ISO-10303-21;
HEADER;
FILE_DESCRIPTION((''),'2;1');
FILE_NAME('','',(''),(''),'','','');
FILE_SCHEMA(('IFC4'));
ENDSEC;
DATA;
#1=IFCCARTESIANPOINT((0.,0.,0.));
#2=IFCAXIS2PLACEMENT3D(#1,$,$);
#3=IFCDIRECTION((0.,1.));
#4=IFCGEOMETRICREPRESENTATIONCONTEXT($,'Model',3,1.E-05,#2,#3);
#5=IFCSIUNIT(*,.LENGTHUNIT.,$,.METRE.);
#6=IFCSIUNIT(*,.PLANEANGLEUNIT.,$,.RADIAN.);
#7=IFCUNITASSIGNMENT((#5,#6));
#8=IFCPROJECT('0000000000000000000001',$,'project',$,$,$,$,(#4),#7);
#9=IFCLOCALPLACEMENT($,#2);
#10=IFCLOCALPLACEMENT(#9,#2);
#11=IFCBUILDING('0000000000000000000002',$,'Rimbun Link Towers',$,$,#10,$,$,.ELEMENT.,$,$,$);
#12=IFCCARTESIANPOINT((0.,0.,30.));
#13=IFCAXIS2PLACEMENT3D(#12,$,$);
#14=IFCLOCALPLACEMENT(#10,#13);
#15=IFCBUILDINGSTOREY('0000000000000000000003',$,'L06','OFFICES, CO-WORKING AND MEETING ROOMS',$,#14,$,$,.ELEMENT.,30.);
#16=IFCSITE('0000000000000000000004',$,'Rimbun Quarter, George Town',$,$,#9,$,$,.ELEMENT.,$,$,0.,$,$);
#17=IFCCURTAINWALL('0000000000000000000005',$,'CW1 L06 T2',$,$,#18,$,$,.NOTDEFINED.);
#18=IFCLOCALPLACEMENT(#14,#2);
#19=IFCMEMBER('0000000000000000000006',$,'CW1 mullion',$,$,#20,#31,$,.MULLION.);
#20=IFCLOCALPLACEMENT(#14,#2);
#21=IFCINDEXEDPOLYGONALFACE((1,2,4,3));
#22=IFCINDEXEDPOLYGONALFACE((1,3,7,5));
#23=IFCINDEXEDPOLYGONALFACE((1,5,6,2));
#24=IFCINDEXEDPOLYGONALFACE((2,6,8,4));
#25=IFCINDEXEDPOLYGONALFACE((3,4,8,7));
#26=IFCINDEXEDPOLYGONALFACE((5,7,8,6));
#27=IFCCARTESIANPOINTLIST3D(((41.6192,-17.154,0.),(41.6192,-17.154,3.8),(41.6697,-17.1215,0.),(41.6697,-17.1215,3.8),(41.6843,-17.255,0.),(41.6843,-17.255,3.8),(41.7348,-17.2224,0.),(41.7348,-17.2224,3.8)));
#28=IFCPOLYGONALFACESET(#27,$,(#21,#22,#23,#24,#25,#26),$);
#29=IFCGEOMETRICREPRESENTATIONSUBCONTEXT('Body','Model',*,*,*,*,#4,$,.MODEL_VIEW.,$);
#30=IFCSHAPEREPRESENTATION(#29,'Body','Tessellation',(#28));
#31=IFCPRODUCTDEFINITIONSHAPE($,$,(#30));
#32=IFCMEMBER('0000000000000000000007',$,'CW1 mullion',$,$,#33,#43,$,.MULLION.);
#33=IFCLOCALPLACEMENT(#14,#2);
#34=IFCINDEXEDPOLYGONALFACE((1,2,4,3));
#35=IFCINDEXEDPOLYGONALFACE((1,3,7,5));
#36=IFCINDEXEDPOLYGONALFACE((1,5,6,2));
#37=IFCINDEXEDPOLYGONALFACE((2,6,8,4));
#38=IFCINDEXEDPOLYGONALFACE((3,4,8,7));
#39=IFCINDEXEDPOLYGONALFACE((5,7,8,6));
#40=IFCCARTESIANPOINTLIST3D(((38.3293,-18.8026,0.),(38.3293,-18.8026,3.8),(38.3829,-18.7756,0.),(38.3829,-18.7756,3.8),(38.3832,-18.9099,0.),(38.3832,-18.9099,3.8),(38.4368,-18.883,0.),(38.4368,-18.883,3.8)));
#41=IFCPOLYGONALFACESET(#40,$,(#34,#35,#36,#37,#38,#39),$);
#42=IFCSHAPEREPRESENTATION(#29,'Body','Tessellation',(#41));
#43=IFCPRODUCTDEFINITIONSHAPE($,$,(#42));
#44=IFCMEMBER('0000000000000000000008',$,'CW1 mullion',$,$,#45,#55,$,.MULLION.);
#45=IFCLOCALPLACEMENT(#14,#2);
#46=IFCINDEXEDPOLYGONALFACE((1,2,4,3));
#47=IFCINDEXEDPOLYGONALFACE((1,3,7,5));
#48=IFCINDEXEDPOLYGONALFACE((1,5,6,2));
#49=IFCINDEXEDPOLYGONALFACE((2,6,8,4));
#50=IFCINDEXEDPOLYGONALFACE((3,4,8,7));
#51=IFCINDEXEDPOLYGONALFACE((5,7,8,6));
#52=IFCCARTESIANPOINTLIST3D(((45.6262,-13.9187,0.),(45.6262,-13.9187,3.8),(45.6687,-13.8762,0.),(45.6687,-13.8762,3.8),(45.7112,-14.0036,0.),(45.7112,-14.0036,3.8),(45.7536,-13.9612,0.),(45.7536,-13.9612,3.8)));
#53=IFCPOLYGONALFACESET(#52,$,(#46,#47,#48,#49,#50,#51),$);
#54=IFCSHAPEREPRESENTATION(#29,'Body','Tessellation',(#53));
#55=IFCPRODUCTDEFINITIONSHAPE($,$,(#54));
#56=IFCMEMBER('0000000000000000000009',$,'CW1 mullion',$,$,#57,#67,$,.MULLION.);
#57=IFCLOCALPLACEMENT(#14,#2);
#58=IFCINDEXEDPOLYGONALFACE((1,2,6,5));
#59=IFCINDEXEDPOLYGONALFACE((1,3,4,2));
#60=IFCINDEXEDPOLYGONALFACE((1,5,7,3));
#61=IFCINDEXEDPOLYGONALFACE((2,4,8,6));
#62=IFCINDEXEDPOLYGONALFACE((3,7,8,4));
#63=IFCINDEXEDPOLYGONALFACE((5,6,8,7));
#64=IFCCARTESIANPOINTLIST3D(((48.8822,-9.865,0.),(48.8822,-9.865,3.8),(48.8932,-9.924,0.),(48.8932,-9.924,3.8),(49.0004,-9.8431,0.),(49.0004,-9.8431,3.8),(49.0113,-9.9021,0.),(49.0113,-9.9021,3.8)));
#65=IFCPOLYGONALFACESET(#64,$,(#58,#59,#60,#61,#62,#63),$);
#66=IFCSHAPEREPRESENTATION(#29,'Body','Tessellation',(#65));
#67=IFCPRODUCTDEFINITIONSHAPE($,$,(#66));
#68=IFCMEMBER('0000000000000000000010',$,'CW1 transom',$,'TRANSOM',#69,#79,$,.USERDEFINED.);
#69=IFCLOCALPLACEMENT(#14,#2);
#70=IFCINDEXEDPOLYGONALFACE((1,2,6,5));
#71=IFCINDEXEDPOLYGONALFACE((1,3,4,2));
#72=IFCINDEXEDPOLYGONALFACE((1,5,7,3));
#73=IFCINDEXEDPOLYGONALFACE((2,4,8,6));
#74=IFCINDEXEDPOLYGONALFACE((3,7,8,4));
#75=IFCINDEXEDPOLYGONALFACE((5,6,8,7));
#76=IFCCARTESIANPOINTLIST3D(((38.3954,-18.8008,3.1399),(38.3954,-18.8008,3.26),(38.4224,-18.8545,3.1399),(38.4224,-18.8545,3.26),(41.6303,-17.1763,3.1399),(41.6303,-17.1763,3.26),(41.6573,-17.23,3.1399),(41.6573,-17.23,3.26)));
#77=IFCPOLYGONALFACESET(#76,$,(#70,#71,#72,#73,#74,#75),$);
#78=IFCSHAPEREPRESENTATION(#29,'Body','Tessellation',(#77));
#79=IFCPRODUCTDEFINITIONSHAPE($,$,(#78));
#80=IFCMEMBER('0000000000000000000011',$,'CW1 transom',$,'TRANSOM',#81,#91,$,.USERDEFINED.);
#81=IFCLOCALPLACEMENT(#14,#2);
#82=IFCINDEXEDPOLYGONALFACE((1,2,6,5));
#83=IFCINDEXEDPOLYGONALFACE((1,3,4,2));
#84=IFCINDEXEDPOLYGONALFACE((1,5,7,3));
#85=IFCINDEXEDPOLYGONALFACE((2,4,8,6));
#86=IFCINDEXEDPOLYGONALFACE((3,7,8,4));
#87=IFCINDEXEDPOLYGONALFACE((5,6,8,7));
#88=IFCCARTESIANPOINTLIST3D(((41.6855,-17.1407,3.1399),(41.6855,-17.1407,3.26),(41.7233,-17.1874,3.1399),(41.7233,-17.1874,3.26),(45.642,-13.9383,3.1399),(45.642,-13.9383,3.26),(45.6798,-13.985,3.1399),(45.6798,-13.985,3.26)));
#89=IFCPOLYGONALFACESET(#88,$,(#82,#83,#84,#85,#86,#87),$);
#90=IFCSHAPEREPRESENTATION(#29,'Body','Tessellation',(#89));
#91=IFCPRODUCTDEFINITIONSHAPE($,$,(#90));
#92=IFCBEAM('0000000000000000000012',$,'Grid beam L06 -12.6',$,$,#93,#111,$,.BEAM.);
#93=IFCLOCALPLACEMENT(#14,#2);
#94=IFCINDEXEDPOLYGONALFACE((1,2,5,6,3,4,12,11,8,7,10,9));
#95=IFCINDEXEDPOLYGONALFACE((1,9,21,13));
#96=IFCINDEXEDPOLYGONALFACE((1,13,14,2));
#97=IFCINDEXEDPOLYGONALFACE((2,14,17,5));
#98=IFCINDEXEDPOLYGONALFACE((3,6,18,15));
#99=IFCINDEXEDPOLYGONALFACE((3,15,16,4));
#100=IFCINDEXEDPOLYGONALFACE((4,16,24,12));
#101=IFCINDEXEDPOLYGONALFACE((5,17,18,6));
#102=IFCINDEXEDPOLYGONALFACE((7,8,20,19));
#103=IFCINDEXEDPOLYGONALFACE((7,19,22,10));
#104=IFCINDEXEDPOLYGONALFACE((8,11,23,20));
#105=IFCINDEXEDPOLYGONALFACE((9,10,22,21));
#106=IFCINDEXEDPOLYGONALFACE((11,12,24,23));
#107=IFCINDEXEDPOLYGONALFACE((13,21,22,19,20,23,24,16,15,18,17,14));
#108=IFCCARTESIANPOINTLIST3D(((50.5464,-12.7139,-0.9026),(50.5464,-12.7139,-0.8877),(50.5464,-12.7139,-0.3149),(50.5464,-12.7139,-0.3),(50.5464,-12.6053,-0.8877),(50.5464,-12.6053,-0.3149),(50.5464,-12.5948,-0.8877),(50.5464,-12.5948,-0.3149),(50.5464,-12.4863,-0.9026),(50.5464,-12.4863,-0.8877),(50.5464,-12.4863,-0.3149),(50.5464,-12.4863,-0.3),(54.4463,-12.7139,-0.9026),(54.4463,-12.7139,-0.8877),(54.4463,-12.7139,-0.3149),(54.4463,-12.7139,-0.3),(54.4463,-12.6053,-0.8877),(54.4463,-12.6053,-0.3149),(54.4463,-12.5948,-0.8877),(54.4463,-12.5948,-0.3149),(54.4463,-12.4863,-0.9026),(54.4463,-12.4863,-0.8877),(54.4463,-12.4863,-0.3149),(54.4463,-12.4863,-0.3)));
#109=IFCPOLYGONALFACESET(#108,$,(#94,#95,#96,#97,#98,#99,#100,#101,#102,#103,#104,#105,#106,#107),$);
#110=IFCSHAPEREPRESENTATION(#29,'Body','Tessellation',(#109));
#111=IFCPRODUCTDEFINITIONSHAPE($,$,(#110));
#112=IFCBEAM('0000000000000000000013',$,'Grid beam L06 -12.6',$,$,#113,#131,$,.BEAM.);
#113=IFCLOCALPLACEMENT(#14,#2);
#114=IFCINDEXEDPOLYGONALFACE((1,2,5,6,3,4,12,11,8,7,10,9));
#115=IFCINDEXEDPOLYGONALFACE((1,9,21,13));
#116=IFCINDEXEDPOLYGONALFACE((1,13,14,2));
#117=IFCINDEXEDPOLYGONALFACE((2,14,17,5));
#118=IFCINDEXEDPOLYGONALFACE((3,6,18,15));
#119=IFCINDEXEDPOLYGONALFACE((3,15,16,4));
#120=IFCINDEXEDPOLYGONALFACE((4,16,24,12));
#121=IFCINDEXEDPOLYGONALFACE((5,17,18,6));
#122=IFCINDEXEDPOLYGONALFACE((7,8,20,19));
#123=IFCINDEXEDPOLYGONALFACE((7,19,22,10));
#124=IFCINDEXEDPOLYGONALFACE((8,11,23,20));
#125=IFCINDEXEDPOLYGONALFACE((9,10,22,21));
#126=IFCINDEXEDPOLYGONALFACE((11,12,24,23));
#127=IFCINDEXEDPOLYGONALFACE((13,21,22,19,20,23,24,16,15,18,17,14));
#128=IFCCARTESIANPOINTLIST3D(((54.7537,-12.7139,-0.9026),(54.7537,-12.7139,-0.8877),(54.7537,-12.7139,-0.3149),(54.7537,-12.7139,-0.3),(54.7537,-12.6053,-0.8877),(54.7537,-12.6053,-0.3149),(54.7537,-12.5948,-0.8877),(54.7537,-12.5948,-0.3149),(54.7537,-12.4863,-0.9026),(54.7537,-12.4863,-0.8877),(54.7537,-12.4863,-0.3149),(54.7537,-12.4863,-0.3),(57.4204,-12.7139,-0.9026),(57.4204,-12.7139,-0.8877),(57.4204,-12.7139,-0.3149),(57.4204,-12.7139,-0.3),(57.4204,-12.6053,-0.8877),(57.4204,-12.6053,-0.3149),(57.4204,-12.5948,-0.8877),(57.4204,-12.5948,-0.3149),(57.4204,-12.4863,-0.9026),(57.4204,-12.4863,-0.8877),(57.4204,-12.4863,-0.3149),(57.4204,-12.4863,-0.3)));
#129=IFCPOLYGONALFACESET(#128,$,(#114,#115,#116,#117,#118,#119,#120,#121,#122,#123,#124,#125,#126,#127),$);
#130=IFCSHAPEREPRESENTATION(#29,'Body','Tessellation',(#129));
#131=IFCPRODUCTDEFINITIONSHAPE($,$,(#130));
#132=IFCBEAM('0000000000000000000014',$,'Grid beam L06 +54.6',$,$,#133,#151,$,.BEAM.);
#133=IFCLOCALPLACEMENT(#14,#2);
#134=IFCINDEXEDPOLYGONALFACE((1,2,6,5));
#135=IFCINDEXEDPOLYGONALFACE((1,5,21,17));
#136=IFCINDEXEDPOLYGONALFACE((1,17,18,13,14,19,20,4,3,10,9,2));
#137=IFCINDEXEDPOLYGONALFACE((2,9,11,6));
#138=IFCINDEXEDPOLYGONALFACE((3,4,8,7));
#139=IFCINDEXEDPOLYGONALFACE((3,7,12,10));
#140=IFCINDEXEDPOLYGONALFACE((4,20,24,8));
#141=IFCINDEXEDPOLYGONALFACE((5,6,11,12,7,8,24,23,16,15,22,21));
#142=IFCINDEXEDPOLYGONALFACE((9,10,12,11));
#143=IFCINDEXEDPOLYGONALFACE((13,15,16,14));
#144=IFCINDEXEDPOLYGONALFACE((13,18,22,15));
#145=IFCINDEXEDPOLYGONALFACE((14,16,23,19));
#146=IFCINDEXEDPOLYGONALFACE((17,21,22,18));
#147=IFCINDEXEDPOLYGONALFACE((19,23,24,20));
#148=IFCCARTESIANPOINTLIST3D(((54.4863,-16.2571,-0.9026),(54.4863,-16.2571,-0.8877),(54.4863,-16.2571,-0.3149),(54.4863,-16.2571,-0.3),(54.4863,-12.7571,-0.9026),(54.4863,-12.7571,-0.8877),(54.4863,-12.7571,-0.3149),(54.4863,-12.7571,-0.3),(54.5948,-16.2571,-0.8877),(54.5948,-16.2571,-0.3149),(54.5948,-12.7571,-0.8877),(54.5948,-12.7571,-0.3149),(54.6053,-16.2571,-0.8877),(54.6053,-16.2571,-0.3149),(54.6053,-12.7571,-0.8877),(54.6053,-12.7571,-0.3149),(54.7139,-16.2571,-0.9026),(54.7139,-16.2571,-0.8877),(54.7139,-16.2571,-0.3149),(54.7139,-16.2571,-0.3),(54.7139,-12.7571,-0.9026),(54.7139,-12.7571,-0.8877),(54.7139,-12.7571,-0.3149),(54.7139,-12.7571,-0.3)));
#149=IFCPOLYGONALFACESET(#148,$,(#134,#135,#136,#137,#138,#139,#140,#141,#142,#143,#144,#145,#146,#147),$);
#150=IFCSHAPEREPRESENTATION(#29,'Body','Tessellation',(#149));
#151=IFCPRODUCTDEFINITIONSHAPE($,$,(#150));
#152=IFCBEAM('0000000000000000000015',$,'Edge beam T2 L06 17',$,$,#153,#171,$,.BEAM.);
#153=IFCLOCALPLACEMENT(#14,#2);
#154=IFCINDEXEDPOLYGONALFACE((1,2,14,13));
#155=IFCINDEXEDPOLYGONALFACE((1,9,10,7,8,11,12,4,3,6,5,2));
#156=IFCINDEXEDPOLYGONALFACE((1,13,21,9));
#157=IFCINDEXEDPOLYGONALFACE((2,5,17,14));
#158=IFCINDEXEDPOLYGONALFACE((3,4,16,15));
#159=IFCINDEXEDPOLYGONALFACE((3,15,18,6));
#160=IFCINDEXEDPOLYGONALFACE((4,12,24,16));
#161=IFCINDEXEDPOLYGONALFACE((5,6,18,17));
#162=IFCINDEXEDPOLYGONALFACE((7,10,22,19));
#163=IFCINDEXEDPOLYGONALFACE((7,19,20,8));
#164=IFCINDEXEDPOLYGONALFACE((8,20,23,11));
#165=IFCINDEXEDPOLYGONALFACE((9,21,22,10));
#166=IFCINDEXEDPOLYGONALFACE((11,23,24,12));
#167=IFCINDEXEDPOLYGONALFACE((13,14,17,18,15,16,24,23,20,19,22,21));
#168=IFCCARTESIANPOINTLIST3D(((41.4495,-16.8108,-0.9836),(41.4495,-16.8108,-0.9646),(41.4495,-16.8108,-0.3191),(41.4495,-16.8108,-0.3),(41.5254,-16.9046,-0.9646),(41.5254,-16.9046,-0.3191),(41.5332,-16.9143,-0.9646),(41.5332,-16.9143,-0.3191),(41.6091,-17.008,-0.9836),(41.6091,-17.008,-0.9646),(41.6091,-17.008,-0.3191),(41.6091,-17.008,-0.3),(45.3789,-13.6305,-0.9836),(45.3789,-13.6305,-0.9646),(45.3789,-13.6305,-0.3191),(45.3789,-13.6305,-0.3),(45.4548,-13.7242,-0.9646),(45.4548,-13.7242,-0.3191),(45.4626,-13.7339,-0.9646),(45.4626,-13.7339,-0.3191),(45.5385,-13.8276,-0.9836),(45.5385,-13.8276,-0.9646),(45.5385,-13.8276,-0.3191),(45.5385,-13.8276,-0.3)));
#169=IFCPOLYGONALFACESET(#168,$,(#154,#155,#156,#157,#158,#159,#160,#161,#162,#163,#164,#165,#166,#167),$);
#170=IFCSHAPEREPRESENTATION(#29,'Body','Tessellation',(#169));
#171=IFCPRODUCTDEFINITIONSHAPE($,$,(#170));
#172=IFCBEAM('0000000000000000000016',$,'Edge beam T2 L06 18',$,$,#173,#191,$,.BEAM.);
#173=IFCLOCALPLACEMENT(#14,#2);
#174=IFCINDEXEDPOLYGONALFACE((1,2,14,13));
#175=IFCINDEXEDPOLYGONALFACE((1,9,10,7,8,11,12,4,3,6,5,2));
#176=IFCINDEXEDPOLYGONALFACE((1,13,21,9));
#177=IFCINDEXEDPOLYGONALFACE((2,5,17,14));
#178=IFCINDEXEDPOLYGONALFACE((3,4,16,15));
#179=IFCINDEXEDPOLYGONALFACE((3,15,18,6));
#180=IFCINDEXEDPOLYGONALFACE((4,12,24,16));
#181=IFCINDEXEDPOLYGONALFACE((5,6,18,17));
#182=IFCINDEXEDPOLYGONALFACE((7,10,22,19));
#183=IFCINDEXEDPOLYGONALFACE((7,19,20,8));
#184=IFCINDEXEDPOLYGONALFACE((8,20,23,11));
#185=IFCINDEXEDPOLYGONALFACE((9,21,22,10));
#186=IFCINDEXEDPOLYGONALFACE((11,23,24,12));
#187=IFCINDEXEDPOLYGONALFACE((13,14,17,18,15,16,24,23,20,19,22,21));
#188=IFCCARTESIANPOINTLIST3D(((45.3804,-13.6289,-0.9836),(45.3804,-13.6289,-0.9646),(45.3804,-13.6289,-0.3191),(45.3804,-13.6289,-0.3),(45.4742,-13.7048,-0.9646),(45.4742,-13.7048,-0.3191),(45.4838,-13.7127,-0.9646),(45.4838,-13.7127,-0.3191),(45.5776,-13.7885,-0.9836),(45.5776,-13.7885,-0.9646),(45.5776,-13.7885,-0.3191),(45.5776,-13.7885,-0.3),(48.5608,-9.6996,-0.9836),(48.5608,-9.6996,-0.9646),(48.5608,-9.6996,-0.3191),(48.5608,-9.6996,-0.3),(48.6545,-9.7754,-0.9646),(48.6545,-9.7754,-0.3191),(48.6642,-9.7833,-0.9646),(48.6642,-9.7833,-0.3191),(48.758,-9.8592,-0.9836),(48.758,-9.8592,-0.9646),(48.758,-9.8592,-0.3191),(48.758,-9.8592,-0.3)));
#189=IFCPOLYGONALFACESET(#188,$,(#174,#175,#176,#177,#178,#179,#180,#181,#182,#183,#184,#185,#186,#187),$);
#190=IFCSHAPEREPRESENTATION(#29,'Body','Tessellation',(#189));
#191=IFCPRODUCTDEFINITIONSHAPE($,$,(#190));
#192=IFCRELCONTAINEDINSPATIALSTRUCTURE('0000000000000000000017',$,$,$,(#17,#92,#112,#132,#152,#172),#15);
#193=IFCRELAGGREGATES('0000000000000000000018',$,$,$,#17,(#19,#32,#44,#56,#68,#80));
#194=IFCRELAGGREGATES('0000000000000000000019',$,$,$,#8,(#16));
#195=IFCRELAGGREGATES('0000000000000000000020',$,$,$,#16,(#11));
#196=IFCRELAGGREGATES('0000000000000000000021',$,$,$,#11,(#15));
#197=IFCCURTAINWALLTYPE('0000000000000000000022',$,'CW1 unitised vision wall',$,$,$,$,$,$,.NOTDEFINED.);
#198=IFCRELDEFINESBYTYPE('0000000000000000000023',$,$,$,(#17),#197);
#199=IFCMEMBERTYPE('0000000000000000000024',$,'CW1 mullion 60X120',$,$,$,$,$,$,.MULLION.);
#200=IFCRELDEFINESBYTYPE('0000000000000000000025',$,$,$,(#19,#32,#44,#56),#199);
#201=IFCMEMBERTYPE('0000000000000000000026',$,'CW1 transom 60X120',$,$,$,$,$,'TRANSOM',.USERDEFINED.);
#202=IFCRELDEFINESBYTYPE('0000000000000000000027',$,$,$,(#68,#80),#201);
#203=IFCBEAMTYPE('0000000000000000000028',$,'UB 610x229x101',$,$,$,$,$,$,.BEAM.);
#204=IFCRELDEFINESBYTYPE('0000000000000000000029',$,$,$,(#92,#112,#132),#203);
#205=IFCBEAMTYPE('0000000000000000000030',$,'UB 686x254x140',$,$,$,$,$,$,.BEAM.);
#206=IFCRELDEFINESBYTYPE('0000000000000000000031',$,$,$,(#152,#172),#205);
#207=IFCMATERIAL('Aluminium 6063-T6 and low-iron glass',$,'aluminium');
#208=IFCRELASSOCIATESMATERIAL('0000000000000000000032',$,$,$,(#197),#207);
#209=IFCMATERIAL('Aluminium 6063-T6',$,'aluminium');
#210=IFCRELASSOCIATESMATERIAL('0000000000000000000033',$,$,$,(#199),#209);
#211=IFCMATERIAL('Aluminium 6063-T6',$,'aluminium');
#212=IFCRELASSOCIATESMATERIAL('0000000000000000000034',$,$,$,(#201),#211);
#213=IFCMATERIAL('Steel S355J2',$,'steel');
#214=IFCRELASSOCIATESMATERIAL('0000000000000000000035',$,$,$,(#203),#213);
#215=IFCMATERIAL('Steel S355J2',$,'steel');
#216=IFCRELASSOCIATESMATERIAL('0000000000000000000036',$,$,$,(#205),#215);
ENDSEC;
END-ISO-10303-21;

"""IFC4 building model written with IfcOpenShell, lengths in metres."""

from ifc_helpers import new_model, si_unit, direction, frame, origin, origin_2d, place, context, subcontext, project, spatial, rectangle, i_section, extrude, material, material_profile, profile_set, type_object, element, aggregate, save


model = new_model("IFC4")

# Units and contexts
model_context = context("Model", 3, precision=1e-05, world=origin(), true_north=direction((0.0, 1.0)))
body_context = subcontext(model_context, "Body", "Model", "MODEL_VIEW")
ifc_project = project(units=[si_unit("LENGTHUNIT", "METRE"), si_unit("PLANEANGLEUNIT", "RADIAN")], contexts=[model_context])

# Site, building, storey
site_placement = place(None, origin())
site = spatial("IfcSite", under=ifc_project, at=site_placement, Name="Rimbun Quarter, George Town", CompositionType="ELEMENT", RefElevation=0.0)
building_placement = place(site_placement, origin())
building = spatial("IfcBuilding", under=site, at=building_placement, Name="Rimbun Link Towers", CompositionType="ELEMENT")
storey_placement = place(building_placement, frame((0.0, 0.0, 30.0)))
storey = spatial("IfcBuildingStorey", under=building, at=storey_placement, Name="L06", Description="OFFICES, CO-WORKING AND MEETING ROOMS", CompositionType="ELEMENT", Elevation=30.0)

# Curtain wall, members
ifc_material_1 = material(Name="Aluminium 6063-T6 and low-iron glass", Category="aluminium")
curtain_wall_type = type_object("IfcCurtainWallType", Name="CW1 unitised vision wall", PredefinedType="NOTDEFINED", material=ifc_material_1)
curtain_wall_placement = place(storey_placement, origin())
curtain_wall = element("IfcCurtainWall", 1, at=curtain_wall_placement, inside=storey, type_object=curtain_wall_type, Name="CW1 L06 T2", PredefinedType="NOTDEFINED")
ifc_material_2 = material(Name="Aluminium 6063-T6", Category="aluminium")
ifc_material_profile_1 = material_profile(ifc_material_2, rectangle(XDim=0.1201, YDim=0.0601, at=origin_2d()), Name="MULLION 60X120")
ifc_profile_set_1 = profile_set([ifc_material_profile_1], Name="Aluminium 6063-T6")
member_type_1 = type_object("IfcMemberType", Name="CW1 mullion 60X120", PredefinedType="MULLION", material=ifc_profile_set_1)
member_1_placement = place(storey_placement, frame((41.677, -17.1882, 0.0), z_axis=(0.0, 0.0, 1.0), x_axis=(0.542093, -0.840318, 0.0)))
member_1 = element("IfcMember", 2, at=member_1_placement, type_object=member_type_1, Name="CW1 mullion", PredefinedType="MULLION", context=body_context, shape_type="SweptSolid", body=[
    extrude(rectangle(XDim=0.1201, YDim=0.0601, at=origin_2d()), origin(), (0.0, 0.0, 1.0), 3.8),
])
member_2_placement = place(storey_placement, frame((38.3831, -18.8428, 0.0), z_axis=(0.0, 0.0, 1.0), x_axis=(0.448773, -0.893646, 0.0)))
member_2 = element("IfcMember", 3, at=member_2_placement, type_object=member_type_1, Name="CW1 mullion", PredefinedType="MULLION", context=body_context, shape_type="SweptSolid", body=[
    extrude(rectangle(XDim=0.1201, YDim=0.0601, at=origin_2d()), origin(), (0.0, 0.0, 1.0), 3.8),
])
member_3_placement = place(storey_placement, frame((45.6899, -13.9399, 0.0), z_axis=(0.0, 0.0, 1.0), x_axis=(0.707107, -0.707107, 0.0)))
member_3 = element("IfcMember", 4, at=member_3_placement, type_object=member_type_1, Name="CW1 mullion", PredefinedType="MULLION", context=body_context, shape_type="SweptSolid", body=[
    extrude(rectangle(XDim=0.1201, YDim=0.0601, at=origin_2d()), origin(), (0.0, 0.0, 1.0), 3.8),
])
member_4_placement = place(storey_placement, frame((48.9468, -9.8835, 0.0), z_axis=(0.0, 0.0, 1.0), x_axis=(0.983235, 0.182345, 0.0)))
member_4 = element("IfcMember", 5, at=member_4_placement, type_object=member_type_1, Name="CW1 mullion", PredefinedType="MULLION", context=body_context, shape_type="SweptSolid", body=[
    extrude(rectangle(XDim=0.1201, YDim=0.0601, at=origin_2d()), origin(), (0.0, 0.0, 1.0), 3.8),
])
ifc_material_3 = material(Name="Aluminium 6063-T6", Category="aluminium")
ifc_material_profile_2 = material_profile(ifc_material_3, rectangle(XDim=0.0601, YDim=0.1201, at=origin_2d()), Name="TRANSOM 60X120")
ifc_profile_set_2 = profile_set([ifc_material_profile_2], Name="Aluminium 6063-T6")
member_type_2 = type_object("IfcMemberType", Name="CW1 transom 60X120", ElementType="TRANSOM", PredefinedType="USERDEFINED", material=ifc_profile_set_2)
member_5_placement = place(storey_placement, frame((41.6438, -17.2031, 3.2), z_axis=(-0.893643, -0.448778, 0.0), x_axis=(0.448778, -0.893643, 0.0)))
member_5 = element("IfcMember", 6, at=member_5_placement, type_object=member_type_2, Name="CW1 transom", ObjectType="TRANSOM", PredefinedType="USERDEFINED", context=body_context, shape_type="SweptSolid", body=[
    extrude(rectangle(XDim=0.0601, YDim=0.1201, at=origin_2d()), origin(), (0.0, 0.0, 1.0), 3.6199),
])
member_6_placement = place(storey_placement, frame((45.6609, -13.9617, 3.2), z_axis=(-0.777295, -0.629136, 0.0), x_axis=(0.629136, -0.777295, 0.0)))
member_6 = element("IfcMember", 7, at=member_6_placement, type_object=member_type_2, Name="CW1 transom", ObjectType="TRANSOM", PredefinedType="USERDEFINED", context=body_context, shape_type="SweptSolid", body=[
    extrude(rectangle(XDim=0.0601, YDim=0.1201, at=origin_2d()), origin(), (0.0, 0.0, 1.0), 5.0901),
])

# Beams
ifc_material_4 = material(Name="Steel S355J2", Category="steel")
ifc_material_profile_3 = material_profile(ifc_material_4, i_section(OverallWidth=0.2275, OverallDepth=0.6025, WebThickness=0.0105, FlangeThickness=0.0149, at=origin_2d()), Name="UB 610x229x101")
ifc_profile_set_3 = profile_set([ifc_material_profile_3], Name="Steel S355J2")
beam_type_1 = type_object("IfcBeamType", Name="UB 610x229x101", PredefinedType="BEAM", material=ifc_profile_set_3)
beam_1_placement = place(storey_placement, frame((50.5464, -12.6001, -0.6013), z_axis=(1.0, 0.0, 0.0), x_axis=(0.0, 1.0, 0.0)))
element("IfcBeam", 8, at=beam_1_placement, inside=storey, type_object=beam_type_1, Name="Grid beam L06 -12.6", PredefinedType="BEAM", context=body_context, shape_type="SweptSolid", body=[
    extrude(i_section(OverallWidth=0.2275, OverallDepth=0.6025, WebThickness=0.0105, FlangeThickness=0.0149, at=origin_2d()), origin(), (0.0, 0.0, 1.0), 3.8999),
])
beam_2_placement = place(storey_placement, frame((54.7537, -12.6001, -0.6013), z_axis=(1.0, 0.0, 0.0), x_axis=(0.0, 1.0, 0.0)))
element("IfcBeam", 9, at=beam_2_placement, inside=storey, type_object=beam_type_1, Name="Grid beam L06 -12.6", PredefinedType="BEAM", context=body_context, shape_type="SweptSolid", body=[
    extrude(i_section(OverallWidth=0.2275, OverallDepth=0.6025, WebThickness=0.0105, FlangeThickness=0.0149, at=origin_2d()), origin(), (0.0, 0.0, 1.0), 2.6667),
])
beam_3_placement = place(storey_placement, frame((54.6001, -16.2571, -0.6013), z_axis=(0.0, 1.0, 0.0), x_axis=(-1.0, 0.0, 0.0)))
element("IfcBeam", 10, at=beam_3_placement, inside=storey, type_object=beam_type_1, Name="Grid beam L06 +54.6", PredefinedType="BEAM", context=body_context, shape_type="SweptSolid", body=[
    extrude(i_section(OverallWidth=0.2275, OverallDepth=0.6025, WebThickness=0.0105, FlangeThickness=0.0149, at=origin_2d()), origin(), (0.0, 0.0, 1.0), 3.5),
])
ifc_material_5 = material(Name="Steel S355J2", Category="steel")
ifc_material_profile_4 = material_profile(ifc_material_5, i_section(OverallWidth=0.2537, OverallDepth=0.6836, WebThickness=0.0125, FlangeThickness=0.019, at=origin_2d()), Name="UB 686x254x140")
ifc_profile_set_4 = profile_set([ifc_material_profile_4], Name="Steel S355J2")
beam_type_2 = type_object("IfcBeamType", Name="UB 686x254x140", PredefinedType="BEAM", material=ifc_profile_set_4)
for number, where, z_axis, x_axis, name in (
    (11, (41.5293, -16.9094, -0.6418), (0.777299, 0.629132, 0.0), (-0.629132, 0.777299, 0.0), "Edge beam T2 L06 17"),
    (12, (45.479, -13.7087, -0.6418), (0.629132, 0.777299, 0.0), (-0.777299, 0.629132, 0.0), "Edge beam T2 L06 18"),
):
    element("IfcBeam", number, at=place(storey_placement, frame(where, z_axis=z_axis, x_axis=x_axis)), inside=storey, type_object=beam_type_2, Name=name, PredefinedType="BEAM", context=body_context, shape_type="SweptSolid", body=[
        extrude(i_section(OverallWidth=0.2537, OverallDepth=0.6836, WebThickness=0.0125, FlangeThickness=0.019, at=origin_2d()), origin(), (0.0, 0.0, 1.0), 5.0552),
    ])

aggregate(curtain_wall, [member_1, member_2, member_3, member_4, member_5, member_6])

save(model, "model.ifc")
